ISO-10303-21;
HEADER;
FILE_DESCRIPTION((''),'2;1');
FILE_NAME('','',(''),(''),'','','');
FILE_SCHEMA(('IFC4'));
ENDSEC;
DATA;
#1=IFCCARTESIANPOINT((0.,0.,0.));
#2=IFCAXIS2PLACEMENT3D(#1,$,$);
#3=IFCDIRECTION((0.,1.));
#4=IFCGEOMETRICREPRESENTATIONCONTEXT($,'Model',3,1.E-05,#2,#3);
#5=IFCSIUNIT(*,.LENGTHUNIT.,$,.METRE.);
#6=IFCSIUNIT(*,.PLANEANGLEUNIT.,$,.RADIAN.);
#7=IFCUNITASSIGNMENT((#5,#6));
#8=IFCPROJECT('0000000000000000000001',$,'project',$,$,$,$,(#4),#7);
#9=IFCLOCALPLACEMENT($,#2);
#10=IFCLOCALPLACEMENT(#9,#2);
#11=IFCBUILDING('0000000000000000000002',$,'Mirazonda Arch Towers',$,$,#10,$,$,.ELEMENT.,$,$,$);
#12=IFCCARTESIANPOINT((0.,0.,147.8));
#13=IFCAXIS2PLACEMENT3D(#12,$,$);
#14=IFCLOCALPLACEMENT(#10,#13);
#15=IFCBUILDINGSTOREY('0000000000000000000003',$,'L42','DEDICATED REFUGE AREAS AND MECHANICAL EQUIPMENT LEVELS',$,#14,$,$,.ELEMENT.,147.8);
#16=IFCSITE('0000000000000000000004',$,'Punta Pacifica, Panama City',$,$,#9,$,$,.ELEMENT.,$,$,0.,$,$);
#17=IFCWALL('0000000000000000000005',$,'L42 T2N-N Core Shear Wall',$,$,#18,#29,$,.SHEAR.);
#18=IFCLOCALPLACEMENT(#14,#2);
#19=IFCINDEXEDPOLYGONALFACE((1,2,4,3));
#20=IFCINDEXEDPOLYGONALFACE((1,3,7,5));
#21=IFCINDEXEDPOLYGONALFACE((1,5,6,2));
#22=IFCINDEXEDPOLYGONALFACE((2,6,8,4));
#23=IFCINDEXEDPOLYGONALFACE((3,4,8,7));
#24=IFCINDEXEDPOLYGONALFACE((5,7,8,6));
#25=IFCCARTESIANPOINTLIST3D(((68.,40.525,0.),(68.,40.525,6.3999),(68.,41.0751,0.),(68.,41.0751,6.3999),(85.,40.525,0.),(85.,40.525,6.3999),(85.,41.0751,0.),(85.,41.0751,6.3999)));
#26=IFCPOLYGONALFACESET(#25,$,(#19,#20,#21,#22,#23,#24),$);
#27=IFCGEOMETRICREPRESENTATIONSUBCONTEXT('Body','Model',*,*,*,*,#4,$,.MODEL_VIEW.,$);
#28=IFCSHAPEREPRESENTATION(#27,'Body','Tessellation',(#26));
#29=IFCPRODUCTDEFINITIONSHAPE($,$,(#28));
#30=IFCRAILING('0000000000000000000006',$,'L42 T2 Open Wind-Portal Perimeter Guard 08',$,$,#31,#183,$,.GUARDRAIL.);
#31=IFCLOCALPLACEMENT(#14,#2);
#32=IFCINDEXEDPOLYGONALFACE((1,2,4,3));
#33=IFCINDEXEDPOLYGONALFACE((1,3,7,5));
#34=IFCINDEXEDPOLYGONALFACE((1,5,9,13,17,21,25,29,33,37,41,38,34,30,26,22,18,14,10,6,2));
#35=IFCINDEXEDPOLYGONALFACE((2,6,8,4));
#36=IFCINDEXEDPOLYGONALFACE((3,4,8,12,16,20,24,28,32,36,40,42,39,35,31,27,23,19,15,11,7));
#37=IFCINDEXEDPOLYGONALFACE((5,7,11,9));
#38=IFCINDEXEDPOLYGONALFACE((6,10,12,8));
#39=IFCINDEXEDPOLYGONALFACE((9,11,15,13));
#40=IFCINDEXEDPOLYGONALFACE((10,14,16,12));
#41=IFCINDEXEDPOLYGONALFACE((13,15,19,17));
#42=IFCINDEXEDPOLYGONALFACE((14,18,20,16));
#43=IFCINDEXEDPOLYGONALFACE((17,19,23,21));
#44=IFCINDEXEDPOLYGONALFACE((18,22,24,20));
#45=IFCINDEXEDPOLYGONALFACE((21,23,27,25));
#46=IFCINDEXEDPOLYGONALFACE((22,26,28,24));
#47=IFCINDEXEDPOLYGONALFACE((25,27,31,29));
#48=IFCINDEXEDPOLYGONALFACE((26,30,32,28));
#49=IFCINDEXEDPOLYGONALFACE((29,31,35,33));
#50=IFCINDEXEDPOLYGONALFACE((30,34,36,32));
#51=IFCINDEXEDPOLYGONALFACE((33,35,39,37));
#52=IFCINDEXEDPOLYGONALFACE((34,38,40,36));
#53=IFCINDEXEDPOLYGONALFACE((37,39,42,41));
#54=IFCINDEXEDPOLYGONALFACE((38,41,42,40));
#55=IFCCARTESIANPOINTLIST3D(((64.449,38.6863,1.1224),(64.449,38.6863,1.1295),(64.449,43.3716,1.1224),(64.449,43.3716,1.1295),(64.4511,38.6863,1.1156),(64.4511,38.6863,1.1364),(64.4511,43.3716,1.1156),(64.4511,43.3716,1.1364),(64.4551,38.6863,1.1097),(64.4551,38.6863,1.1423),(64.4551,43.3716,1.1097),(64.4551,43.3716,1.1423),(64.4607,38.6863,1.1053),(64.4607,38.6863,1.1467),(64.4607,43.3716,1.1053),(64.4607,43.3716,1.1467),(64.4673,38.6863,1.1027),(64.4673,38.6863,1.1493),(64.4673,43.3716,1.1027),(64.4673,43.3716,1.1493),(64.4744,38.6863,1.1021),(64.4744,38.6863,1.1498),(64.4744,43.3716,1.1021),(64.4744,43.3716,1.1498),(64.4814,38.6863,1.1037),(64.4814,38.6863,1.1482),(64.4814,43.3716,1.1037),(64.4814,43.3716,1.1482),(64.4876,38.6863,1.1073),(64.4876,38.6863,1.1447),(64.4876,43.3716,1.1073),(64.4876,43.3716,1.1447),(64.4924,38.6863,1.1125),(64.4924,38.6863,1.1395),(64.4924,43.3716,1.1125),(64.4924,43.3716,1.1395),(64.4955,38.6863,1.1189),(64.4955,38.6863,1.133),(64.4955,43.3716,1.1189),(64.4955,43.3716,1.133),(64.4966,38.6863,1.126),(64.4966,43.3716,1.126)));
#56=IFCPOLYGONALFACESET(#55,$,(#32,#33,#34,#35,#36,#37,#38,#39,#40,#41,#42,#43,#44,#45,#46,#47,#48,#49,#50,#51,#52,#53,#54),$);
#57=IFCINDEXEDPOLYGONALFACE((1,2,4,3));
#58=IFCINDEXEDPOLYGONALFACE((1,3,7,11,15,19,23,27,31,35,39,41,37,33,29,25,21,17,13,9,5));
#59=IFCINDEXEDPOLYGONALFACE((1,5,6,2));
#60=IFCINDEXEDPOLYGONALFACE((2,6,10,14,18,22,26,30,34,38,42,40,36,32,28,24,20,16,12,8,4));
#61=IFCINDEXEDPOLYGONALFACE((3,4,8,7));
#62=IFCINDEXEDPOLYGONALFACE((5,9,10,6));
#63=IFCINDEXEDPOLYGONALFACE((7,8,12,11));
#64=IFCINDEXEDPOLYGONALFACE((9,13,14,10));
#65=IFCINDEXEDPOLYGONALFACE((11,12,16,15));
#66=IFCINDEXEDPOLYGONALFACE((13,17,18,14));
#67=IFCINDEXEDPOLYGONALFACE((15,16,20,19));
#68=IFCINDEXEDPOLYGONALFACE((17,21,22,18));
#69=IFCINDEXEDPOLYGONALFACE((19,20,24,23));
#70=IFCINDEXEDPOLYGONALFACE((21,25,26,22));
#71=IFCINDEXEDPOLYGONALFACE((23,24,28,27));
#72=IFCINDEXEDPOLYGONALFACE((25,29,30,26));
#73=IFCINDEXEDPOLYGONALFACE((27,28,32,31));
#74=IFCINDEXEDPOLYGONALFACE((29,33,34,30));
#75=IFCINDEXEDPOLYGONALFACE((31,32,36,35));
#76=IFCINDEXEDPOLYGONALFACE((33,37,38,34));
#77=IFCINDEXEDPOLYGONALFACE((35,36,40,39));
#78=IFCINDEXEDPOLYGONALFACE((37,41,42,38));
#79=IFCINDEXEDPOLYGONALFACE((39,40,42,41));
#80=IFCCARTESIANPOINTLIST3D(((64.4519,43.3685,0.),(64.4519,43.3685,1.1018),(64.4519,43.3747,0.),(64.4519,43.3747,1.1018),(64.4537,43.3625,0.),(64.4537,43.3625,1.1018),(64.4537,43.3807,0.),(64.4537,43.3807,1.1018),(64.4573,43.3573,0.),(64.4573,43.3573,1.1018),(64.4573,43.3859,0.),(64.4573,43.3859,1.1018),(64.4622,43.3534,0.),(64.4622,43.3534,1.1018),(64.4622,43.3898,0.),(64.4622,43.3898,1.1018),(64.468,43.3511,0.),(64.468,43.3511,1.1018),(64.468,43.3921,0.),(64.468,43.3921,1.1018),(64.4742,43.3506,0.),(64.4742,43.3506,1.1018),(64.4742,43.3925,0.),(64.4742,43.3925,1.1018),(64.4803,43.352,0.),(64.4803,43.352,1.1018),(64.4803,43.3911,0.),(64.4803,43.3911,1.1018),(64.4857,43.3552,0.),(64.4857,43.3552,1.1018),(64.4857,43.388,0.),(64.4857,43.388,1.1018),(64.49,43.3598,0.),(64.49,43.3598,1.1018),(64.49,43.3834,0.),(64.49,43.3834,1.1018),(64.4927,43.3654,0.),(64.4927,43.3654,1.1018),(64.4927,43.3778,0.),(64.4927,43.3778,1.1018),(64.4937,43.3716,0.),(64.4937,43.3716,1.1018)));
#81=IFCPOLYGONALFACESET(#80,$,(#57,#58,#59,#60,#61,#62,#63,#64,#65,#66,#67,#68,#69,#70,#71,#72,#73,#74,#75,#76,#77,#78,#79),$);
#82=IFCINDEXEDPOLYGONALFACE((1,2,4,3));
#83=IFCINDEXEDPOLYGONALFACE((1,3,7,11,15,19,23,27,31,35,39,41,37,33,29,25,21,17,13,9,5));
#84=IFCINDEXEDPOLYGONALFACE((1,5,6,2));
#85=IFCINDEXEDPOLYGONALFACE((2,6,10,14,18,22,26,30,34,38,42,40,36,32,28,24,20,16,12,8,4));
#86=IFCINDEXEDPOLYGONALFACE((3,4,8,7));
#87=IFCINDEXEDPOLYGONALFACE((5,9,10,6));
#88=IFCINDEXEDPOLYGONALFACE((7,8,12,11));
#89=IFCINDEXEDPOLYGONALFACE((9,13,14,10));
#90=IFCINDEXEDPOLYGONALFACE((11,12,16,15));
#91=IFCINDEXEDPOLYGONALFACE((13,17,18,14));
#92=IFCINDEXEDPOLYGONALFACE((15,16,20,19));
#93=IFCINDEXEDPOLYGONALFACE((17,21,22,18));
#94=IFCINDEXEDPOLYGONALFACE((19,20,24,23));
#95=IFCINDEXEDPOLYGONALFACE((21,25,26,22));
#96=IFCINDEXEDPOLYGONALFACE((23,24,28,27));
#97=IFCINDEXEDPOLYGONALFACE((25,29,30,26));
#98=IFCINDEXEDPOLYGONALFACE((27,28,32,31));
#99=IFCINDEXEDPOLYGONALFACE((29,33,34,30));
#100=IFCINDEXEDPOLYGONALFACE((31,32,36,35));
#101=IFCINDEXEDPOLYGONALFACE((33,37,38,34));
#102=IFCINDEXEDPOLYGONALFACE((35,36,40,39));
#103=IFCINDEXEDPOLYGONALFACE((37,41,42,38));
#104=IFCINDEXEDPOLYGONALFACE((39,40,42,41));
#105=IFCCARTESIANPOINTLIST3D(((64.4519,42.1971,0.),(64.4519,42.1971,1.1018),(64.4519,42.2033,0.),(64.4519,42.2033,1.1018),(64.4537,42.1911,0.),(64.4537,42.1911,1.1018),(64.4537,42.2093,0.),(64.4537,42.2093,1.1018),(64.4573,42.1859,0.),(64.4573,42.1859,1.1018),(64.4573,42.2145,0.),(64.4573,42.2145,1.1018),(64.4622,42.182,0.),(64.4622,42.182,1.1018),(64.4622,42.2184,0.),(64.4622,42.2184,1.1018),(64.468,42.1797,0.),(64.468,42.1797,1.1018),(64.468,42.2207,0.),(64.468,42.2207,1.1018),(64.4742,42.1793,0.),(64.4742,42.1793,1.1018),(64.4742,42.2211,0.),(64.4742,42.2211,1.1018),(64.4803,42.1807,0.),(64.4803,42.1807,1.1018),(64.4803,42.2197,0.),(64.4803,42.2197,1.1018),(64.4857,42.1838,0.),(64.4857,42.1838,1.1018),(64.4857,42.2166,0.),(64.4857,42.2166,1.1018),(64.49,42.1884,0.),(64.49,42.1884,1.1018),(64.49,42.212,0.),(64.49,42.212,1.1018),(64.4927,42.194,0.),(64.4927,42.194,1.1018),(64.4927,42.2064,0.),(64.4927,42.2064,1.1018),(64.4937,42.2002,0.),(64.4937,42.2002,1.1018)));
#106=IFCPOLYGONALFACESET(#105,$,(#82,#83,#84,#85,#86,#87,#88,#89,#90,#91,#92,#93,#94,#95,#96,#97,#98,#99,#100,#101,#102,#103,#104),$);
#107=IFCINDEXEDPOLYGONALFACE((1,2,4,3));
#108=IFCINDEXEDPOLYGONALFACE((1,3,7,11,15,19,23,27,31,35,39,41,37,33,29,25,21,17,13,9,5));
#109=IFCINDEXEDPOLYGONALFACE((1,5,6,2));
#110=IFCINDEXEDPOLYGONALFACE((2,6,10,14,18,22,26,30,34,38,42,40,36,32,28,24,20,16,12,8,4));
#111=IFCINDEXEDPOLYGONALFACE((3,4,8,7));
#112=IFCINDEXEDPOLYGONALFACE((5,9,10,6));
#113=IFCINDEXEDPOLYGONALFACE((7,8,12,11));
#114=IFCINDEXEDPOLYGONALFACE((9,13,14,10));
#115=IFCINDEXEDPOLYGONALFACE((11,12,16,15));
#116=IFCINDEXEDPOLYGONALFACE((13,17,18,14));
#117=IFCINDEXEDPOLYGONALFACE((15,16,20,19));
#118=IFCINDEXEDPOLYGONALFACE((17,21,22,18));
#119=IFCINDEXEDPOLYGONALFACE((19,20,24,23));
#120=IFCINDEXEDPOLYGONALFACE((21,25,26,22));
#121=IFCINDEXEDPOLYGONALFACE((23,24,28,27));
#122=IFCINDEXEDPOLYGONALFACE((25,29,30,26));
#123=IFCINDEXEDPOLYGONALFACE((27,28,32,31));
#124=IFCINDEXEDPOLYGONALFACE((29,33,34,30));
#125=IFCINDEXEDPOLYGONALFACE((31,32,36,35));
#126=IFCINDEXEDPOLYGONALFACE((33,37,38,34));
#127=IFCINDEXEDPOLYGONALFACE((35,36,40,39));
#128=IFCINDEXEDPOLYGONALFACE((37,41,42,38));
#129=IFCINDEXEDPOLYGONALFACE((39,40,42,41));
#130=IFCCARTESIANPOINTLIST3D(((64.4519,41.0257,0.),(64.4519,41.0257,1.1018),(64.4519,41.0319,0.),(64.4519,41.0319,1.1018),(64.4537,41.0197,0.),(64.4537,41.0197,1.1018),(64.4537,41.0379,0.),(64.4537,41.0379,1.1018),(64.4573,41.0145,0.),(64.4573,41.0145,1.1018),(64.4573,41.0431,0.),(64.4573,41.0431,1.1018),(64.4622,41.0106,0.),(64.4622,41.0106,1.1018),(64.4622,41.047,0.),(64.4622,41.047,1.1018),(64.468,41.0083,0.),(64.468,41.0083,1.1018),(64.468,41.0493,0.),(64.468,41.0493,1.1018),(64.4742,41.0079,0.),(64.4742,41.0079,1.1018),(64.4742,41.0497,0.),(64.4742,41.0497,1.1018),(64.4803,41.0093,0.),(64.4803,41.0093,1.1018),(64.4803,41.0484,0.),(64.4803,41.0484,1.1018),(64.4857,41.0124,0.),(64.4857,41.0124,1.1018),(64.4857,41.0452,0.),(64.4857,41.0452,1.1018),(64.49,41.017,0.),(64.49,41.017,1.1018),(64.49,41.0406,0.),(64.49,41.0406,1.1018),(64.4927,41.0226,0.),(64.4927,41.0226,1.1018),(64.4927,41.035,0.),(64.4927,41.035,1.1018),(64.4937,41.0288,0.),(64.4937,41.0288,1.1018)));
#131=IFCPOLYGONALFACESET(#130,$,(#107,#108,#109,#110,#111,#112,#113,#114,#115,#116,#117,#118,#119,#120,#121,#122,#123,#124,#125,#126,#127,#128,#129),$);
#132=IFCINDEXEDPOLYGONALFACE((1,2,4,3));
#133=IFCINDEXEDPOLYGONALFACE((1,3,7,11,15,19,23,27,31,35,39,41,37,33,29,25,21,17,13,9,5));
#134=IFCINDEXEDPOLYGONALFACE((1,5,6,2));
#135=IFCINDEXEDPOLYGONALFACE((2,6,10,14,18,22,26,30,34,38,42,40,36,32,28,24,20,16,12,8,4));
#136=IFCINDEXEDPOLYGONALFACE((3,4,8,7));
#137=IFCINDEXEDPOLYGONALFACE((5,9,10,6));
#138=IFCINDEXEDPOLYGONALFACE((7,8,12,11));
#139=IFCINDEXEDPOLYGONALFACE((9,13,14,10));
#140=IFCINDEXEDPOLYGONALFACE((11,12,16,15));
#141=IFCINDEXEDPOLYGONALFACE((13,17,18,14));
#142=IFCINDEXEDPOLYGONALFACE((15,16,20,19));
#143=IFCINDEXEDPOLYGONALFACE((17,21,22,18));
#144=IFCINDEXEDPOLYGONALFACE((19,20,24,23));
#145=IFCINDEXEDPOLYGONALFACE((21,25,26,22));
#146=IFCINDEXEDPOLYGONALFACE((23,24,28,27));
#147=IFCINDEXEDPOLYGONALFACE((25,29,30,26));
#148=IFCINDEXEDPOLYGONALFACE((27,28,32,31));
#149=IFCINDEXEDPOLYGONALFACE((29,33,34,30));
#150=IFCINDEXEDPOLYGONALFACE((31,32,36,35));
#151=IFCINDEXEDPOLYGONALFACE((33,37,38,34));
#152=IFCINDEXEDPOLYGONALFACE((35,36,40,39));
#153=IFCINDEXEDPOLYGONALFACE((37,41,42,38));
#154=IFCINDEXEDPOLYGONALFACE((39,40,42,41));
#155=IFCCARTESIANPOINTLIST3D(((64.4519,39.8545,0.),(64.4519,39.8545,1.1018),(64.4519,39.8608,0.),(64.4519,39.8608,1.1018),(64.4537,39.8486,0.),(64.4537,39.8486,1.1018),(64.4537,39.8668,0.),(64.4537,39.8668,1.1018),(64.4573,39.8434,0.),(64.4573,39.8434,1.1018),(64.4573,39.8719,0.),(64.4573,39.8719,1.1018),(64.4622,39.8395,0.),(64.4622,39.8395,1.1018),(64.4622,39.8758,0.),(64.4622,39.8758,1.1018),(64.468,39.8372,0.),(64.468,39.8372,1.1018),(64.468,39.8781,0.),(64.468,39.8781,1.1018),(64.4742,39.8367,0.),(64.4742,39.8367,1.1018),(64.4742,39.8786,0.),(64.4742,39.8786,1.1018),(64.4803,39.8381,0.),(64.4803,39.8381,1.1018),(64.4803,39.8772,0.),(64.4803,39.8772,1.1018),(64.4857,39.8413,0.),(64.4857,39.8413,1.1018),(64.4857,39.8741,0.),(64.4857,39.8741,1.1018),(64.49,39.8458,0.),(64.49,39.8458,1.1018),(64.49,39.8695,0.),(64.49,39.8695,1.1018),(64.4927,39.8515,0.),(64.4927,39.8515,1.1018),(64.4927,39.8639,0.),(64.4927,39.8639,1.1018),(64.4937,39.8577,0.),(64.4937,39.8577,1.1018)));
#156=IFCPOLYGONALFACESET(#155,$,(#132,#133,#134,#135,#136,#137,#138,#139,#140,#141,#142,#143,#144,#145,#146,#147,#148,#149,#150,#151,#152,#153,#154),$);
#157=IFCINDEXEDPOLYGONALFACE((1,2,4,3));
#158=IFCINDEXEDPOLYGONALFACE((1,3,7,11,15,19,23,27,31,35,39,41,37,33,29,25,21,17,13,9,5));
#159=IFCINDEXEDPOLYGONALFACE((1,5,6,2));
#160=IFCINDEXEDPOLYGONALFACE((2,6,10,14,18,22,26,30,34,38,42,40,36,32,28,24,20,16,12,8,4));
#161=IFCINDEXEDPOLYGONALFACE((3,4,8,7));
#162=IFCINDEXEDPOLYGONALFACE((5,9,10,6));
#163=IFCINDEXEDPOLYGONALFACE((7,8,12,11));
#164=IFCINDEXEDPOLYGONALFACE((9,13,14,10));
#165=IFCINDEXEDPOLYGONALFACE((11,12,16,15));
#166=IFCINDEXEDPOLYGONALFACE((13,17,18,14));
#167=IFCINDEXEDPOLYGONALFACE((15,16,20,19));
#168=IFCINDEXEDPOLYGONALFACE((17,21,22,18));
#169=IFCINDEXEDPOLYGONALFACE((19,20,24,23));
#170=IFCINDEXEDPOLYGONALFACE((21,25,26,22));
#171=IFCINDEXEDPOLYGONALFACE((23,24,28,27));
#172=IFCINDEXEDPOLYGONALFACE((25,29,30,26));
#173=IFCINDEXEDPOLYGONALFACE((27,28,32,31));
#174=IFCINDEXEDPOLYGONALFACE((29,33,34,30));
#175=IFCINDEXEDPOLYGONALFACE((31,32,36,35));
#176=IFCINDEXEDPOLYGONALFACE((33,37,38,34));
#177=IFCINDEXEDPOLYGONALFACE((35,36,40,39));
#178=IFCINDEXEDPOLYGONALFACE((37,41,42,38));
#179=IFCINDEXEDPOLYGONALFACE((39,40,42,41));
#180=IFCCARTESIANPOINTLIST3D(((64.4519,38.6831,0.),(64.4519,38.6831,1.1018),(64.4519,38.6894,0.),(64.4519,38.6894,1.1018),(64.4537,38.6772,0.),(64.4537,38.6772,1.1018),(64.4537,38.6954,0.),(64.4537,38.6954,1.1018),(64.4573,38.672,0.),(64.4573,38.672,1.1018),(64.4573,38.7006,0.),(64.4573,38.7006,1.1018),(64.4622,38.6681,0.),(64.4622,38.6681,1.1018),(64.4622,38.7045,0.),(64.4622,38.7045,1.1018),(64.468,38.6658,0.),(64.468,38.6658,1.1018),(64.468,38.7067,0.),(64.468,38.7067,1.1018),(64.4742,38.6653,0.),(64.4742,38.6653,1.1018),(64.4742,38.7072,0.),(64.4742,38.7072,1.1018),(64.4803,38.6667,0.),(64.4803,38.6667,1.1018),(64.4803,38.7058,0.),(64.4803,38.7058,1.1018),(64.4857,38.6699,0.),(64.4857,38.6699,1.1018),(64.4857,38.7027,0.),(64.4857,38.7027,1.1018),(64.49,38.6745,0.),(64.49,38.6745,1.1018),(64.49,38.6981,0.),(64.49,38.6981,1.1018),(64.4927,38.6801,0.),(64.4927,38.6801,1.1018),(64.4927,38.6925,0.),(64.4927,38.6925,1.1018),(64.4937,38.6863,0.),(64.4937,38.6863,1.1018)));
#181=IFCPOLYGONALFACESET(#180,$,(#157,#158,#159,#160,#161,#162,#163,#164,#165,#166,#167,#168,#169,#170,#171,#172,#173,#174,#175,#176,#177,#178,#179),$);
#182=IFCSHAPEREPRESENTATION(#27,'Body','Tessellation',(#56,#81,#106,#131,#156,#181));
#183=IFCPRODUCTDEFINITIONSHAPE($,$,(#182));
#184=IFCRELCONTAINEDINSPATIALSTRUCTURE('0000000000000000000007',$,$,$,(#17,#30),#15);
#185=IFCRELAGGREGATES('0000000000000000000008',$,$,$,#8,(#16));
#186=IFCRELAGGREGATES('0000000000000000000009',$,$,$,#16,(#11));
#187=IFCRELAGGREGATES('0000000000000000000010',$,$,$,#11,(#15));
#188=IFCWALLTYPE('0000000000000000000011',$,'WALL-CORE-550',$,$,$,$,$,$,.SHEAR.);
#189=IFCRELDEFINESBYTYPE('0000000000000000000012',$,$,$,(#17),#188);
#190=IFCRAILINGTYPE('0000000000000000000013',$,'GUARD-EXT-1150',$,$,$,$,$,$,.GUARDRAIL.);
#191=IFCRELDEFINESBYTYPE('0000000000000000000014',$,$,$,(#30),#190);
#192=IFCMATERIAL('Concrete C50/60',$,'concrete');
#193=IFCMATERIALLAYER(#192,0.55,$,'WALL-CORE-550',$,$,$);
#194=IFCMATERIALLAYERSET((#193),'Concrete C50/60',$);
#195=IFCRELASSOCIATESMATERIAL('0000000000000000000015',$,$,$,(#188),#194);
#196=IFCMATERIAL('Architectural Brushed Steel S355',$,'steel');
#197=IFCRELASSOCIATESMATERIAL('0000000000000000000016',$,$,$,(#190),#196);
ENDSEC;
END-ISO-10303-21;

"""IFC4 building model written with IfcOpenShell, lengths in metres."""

from ifc_helpers import new_model, si_unit, direction, frame, frame_2d, origin, origin_2d, place, context, subcontext, project, spatial, rectangle, circle, extrude, material, layer, layer_set, type_object, element, save


model = new_model("IFC4")

# Units and contexts
model_context = context("Model", 3, precision=1e-05, world=origin(), true_north=direction((0.0, 1.0)))
body_context = subcontext(model_context, "Body", "Model", "MODEL_VIEW")
ifc_project = project(units=[si_unit("LENGTHUNIT", "METRE"), si_unit("PLANEANGLEUNIT", "RADIAN")], contexts=[model_context])

# Site, building, storey
site_placement = place(None, origin())
site = spatial("IfcSite", under=ifc_project, at=site_placement, Name="Punta Pacifica, Panama City", CompositionType="ELEMENT", RefElevation=0.0)
building_placement = place(site_placement, origin())
building = spatial("IfcBuilding", under=site, at=building_placement, Name="Mirazonda Arch Towers", CompositionType="ELEMENT")
storey_placement = place(building_placement, frame((0.0, 0.0, 147.8)))
storey = spatial("IfcBuildingStorey", under=building, at=storey_placement, Name="L42", Description="DEDICATED REFUGE AREAS AND MECHANICAL EQUIPMENT LEVELS", CompositionType="ELEMENT", Elevation=147.8)

# Shared definitions
ifc_material_1 = material(Name="Concrete C50/60", Category="concrete")

# Wall
ifc_layer_1 = layer(ifc_material_1, 0.55, Name="WALL-CORE-550")
ifc_layer_set_1 = layer_set([ifc_layer_1], Name="Concrete C50/60")
wall_type_1 = type_object("IfcWallType", Name="WALL-CORE-550", PredefinedType="SHEAR", material=ifc_layer_set_1)
wall_1_placement = place(storey_placement, frame((68.0, 40.8, 0.0), z_axis=(0.0, 0.0, 1.0), x_axis=(1.0, 0.0, 0.0)))
element("IfcWall", 1, at=wall_1_placement, inside=storey, type_object=wall_type_1, Name="L42 T2N-N Core Shear Wall", PredefinedType="SHEAR", context=body_context, shape_type="SweptSolid", body=[
    extrude(rectangle(XDim=17.0, YDim=0.55, at=frame_2d((8.5, 0.0))), origin(), (0.0, 0.0, 1.0), 6.3999),
])

# Railing
ifc_material_2 = material(Name="Architectural Brushed Steel S355", Category="steel")
railing_type_1 = type_object("IfcRailingType", Name="GUARD-EXT-1150", PredefinedType="GUARDRAIL", material=ifc_material_2)
railing_1_placement = place(storey_placement, frame((64.4727, 43.3716, 0.0)))
element("IfcRailing", 2, at=railing_1_placement, inside=storey, type_object=railing_type_1, Name="L42 T2 Open Wind-Portal Perimeter Guard 08", PredefinedType="GUARDRAIL", context=body_context, shape_type="SweptSolid", body=[
    extrude(circle(Radius=0.0239, at=origin_2d()), frame((0.0, 0.0, 1.126), z_axis=(0.0, -1.0, 0.0), x_axis=(1.0, 0.0, 0.0)), (0.0, 0.0, 1.0), 4.6853),
    extrude(circle(Radius=0.021, at=origin_2d()), origin(), (0.0, 0.0, 1.0), 1.1018),
    extrude(circle(Radius=0.021, at=origin_2d()), frame((0.0, -1.1714, 0.0)), (0.0, 0.0, 1.0), 1.1018),
    extrude(circle(Radius=0.021, at=origin_2d()), frame((0.0, -2.3428, 0.0)), (0.0, 0.0, 1.0), 1.1018),
    extrude(circle(Radius=0.021, at=origin_2d()), frame((0.0, -3.5139, 0.0)), (0.0, 0.0, 1.0), 1.1018),
    extrude(circle(Radius=0.021, at=origin_2d()), frame((0.0, -4.6853, 0.0)), (0.0, 0.0, 1.0), 1.1018),
])

save(model, "model.ifc")
